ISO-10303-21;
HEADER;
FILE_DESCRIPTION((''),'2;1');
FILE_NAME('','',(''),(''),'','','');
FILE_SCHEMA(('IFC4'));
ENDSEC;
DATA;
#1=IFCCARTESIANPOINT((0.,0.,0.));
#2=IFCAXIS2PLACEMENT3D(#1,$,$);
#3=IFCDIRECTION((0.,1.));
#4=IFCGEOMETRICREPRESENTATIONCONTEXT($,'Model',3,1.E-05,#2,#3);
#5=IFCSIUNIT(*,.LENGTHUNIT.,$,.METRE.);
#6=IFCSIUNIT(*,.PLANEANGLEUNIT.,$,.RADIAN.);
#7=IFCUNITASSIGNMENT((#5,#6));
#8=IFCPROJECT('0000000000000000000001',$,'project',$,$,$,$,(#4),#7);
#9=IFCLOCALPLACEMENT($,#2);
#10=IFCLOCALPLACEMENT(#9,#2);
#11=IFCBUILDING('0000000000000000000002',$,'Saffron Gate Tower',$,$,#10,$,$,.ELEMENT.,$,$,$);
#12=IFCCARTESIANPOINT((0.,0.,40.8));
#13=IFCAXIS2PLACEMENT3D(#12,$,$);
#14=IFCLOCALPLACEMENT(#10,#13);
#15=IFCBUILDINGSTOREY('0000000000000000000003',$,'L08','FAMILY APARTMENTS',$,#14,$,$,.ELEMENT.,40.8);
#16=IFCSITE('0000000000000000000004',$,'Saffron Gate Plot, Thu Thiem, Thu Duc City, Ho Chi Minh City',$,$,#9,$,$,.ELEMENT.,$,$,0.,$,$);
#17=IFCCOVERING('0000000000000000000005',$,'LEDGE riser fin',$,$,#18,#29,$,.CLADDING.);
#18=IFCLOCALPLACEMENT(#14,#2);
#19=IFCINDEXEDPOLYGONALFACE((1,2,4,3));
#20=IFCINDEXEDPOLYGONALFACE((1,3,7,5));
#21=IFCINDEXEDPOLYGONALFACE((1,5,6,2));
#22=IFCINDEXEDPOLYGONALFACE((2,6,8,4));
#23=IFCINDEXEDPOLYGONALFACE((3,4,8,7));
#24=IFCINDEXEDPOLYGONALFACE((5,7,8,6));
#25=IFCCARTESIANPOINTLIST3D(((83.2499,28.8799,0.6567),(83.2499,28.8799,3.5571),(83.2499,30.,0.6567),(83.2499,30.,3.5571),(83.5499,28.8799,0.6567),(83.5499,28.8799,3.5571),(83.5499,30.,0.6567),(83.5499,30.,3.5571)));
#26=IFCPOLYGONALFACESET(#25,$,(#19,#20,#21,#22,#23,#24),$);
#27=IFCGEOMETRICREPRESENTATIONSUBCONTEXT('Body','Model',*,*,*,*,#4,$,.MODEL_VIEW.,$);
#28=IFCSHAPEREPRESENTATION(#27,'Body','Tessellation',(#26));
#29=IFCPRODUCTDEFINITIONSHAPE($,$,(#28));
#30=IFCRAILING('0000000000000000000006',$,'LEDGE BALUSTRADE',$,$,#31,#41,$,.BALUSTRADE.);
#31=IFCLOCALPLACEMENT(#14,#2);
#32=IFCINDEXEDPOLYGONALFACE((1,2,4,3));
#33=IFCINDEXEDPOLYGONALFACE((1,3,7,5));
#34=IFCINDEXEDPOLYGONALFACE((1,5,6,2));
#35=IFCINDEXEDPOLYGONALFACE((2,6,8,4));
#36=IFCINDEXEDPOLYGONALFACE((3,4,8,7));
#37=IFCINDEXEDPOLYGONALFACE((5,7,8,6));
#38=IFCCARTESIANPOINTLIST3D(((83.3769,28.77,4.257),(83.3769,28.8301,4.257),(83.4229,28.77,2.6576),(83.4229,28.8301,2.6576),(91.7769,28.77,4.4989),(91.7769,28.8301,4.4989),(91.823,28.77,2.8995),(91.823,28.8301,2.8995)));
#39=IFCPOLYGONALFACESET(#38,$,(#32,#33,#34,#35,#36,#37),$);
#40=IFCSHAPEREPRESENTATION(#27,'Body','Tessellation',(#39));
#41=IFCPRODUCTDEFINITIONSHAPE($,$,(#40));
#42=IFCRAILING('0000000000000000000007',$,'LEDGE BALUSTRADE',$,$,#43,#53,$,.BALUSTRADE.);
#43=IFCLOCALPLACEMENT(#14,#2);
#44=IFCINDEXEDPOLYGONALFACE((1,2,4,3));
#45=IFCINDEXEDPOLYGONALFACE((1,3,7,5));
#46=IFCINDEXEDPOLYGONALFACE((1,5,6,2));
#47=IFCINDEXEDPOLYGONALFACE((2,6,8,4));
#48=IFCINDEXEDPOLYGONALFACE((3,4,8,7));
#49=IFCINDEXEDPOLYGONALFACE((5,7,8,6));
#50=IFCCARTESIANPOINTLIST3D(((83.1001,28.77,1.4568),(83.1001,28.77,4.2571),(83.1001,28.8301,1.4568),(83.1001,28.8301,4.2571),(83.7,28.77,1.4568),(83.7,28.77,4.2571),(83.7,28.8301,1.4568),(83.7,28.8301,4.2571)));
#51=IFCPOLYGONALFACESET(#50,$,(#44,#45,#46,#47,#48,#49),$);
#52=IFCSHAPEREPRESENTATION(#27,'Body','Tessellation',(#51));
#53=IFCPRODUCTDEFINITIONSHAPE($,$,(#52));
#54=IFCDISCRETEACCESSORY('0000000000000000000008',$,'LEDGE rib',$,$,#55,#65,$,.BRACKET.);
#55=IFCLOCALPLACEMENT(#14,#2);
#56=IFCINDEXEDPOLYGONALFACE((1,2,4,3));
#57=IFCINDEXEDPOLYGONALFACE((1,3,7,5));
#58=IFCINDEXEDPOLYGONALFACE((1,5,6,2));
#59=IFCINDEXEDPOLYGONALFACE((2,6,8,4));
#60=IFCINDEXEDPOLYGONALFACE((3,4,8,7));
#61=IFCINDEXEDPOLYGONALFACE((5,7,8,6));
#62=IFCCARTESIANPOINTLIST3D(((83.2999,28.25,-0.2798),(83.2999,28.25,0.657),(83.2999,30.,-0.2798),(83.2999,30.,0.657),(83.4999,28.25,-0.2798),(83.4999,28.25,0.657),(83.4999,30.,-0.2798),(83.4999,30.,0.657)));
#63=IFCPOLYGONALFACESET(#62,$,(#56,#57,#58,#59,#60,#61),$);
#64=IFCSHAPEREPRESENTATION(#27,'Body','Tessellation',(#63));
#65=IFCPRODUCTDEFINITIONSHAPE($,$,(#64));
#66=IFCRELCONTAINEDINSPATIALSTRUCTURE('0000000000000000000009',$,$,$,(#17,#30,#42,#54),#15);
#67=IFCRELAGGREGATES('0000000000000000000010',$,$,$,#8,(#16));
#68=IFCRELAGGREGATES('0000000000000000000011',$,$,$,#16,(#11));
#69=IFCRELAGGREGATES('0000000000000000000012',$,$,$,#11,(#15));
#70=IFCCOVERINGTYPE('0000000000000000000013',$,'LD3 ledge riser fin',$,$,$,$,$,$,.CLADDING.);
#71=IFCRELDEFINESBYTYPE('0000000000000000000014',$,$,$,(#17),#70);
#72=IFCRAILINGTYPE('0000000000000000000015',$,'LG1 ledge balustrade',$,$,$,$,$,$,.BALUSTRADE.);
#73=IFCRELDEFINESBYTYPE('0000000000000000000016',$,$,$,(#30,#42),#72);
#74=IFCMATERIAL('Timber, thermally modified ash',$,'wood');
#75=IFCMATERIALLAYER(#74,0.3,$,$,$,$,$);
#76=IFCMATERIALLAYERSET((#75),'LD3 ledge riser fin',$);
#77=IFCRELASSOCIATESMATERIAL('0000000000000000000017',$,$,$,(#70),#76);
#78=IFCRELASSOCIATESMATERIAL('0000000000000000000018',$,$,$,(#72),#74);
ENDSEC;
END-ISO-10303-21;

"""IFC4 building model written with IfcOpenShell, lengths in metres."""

from ifc_helpers import new_model, si_unit, direction, frame, origin, origin_2d, place, context, subcontext, project, spatial, rectangle, extrude, material, layer, layer_set, type_object, element, save


model = new_model("IFC4")

# Units and contexts
model_context = context("Model", 3, precision=1e-05, world=origin(), true_north=direction((0.0, 1.0)))
body_context = subcontext(model_context, "Body", "Model", "MODEL_VIEW")
ifc_project = project(units=[si_unit("LENGTHUNIT", "METRE"), si_unit("PLANEANGLEUNIT", "RADIAN")], contexts=[model_context])

# Site, building, storey
site_placement = place(None, origin())
site = spatial("IfcSite", under=ifc_project, at=site_placement, Name="Saffron Gate Plot, Thu Thiem, Thu Duc City, Ho Chi Minh City", CompositionType="ELEMENT", RefElevation=0.0)
building_placement = place(site_placement, origin())
building = spatial("IfcBuilding", under=site, at=building_placement, Name="Saffron Gate Tower", CompositionType="ELEMENT")
storey_placement = place(building_placement, frame((0.0, 0.0, 40.8)))
storey = spatial("IfcBuildingStorey", under=building, at=storey_placement, Name="L08", Description="FAMILY APARTMENTS", CompositionType="ELEMENT", Elevation=40.8)

# Covering
ifc_material_1 = material(Name="Timber, thermally modified ash", Category="wood")
ifc_layer_1 = layer(ifc_material_1, 0.3)
ifc_layer_set_1 = layer_set([ifc_layer_1], Name="LD3 ledge riser fin")
covering_type_1 = type_object("IfcCoveringType", Name="LD3 ledge riser fin", PredefinedType="CLADDING", material=ifc_layer_set_1)
covering_1_placement = place(storey_placement, frame((83.3999, 29.4399, 0.6567), z_axis=(0.0, 0.0, 1.0), x_axis=(1.0, 0.0, 0.0)))
element("IfcCovering", 1, at=covering_1_placement, inside=storey, type_object=covering_type_1, Name="LEDGE riser fin", PredefinedType="CLADDING", context=body_context, shape_type="SweptSolid", body=[
    extrude(rectangle(XDim=0.3, YDim=1.1201, at=origin_2d()), origin(), (0.0, 0.0, 1.0), 2.9004),
])

# Railings
railing_type = type_object("IfcRailingType", Name="LG1 ledge balustrade", PredefinedType="BALUSTRADE", material=ifc_material_1)
railing_1_placement = place(storey_placement, frame((83.3999, 28.8, 2.6572)))
element("IfcRailing", 2, at=railing_1_placement, inside=storey, type_object=railing_type, Name="LEDGE BALUSTRADE", PredefinedType="BALUSTRADE", context=body_context, shape_type="SweptSolid", body=[
    extrude(rectangle(XDim=0.0601, YDim=1.6001, at=origin_2d()), frame((0.0, 0.0, 0.8), z_axis=(0.999585, 0.0, 0.02879), x_axis=(0.0, 1.0, 0.0)), (0.0, 0.0, 1.0), 8.4036),
])
railing_2_placement = place(storey_placement, frame((83.1001, 28.8, 1.4568)))
element("IfcRailing", 3, at=railing_2_placement, inside=storey, type_object=railing_type, Name="LEDGE BALUSTRADE", PredefinedType="BALUSTRADE", context=body_context, shape_type="SweptSolid", body=[
    extrude(rectangle(XDim=0.0601, YDim=2.8003, at=origin_2d()), frame((0.0, 0.0, 1.4001), z_axis=(1.0, 0.0, 0.0), x_axis=(0.0, 1.0, 0.0)), (0.0, 0.0, 1.0), 0.5999),
])

# Discrete accessory
discrete_accessory_placement = place(storey_placement, frame((83.3999, 29.125, -0.2798), z_axis=(0.0, 0.0, 1.0), x_axis=(1.0, 0.0, 0.0)))
element("IfcDiscreteAccessory", 4, at=discrete_accessory_placement, inside=storey, Name="LEDGE rib", PredefinedType="BRACKET", context=body_context, shape_type="SweptSolid", body=[
    extrude(rectangle(XDim=0.2, YDim=1.75, at=origin_2d()), origin(), (0.0, 0.0, 1.0), 0.9368),
])

save(model, "model.ifc")
